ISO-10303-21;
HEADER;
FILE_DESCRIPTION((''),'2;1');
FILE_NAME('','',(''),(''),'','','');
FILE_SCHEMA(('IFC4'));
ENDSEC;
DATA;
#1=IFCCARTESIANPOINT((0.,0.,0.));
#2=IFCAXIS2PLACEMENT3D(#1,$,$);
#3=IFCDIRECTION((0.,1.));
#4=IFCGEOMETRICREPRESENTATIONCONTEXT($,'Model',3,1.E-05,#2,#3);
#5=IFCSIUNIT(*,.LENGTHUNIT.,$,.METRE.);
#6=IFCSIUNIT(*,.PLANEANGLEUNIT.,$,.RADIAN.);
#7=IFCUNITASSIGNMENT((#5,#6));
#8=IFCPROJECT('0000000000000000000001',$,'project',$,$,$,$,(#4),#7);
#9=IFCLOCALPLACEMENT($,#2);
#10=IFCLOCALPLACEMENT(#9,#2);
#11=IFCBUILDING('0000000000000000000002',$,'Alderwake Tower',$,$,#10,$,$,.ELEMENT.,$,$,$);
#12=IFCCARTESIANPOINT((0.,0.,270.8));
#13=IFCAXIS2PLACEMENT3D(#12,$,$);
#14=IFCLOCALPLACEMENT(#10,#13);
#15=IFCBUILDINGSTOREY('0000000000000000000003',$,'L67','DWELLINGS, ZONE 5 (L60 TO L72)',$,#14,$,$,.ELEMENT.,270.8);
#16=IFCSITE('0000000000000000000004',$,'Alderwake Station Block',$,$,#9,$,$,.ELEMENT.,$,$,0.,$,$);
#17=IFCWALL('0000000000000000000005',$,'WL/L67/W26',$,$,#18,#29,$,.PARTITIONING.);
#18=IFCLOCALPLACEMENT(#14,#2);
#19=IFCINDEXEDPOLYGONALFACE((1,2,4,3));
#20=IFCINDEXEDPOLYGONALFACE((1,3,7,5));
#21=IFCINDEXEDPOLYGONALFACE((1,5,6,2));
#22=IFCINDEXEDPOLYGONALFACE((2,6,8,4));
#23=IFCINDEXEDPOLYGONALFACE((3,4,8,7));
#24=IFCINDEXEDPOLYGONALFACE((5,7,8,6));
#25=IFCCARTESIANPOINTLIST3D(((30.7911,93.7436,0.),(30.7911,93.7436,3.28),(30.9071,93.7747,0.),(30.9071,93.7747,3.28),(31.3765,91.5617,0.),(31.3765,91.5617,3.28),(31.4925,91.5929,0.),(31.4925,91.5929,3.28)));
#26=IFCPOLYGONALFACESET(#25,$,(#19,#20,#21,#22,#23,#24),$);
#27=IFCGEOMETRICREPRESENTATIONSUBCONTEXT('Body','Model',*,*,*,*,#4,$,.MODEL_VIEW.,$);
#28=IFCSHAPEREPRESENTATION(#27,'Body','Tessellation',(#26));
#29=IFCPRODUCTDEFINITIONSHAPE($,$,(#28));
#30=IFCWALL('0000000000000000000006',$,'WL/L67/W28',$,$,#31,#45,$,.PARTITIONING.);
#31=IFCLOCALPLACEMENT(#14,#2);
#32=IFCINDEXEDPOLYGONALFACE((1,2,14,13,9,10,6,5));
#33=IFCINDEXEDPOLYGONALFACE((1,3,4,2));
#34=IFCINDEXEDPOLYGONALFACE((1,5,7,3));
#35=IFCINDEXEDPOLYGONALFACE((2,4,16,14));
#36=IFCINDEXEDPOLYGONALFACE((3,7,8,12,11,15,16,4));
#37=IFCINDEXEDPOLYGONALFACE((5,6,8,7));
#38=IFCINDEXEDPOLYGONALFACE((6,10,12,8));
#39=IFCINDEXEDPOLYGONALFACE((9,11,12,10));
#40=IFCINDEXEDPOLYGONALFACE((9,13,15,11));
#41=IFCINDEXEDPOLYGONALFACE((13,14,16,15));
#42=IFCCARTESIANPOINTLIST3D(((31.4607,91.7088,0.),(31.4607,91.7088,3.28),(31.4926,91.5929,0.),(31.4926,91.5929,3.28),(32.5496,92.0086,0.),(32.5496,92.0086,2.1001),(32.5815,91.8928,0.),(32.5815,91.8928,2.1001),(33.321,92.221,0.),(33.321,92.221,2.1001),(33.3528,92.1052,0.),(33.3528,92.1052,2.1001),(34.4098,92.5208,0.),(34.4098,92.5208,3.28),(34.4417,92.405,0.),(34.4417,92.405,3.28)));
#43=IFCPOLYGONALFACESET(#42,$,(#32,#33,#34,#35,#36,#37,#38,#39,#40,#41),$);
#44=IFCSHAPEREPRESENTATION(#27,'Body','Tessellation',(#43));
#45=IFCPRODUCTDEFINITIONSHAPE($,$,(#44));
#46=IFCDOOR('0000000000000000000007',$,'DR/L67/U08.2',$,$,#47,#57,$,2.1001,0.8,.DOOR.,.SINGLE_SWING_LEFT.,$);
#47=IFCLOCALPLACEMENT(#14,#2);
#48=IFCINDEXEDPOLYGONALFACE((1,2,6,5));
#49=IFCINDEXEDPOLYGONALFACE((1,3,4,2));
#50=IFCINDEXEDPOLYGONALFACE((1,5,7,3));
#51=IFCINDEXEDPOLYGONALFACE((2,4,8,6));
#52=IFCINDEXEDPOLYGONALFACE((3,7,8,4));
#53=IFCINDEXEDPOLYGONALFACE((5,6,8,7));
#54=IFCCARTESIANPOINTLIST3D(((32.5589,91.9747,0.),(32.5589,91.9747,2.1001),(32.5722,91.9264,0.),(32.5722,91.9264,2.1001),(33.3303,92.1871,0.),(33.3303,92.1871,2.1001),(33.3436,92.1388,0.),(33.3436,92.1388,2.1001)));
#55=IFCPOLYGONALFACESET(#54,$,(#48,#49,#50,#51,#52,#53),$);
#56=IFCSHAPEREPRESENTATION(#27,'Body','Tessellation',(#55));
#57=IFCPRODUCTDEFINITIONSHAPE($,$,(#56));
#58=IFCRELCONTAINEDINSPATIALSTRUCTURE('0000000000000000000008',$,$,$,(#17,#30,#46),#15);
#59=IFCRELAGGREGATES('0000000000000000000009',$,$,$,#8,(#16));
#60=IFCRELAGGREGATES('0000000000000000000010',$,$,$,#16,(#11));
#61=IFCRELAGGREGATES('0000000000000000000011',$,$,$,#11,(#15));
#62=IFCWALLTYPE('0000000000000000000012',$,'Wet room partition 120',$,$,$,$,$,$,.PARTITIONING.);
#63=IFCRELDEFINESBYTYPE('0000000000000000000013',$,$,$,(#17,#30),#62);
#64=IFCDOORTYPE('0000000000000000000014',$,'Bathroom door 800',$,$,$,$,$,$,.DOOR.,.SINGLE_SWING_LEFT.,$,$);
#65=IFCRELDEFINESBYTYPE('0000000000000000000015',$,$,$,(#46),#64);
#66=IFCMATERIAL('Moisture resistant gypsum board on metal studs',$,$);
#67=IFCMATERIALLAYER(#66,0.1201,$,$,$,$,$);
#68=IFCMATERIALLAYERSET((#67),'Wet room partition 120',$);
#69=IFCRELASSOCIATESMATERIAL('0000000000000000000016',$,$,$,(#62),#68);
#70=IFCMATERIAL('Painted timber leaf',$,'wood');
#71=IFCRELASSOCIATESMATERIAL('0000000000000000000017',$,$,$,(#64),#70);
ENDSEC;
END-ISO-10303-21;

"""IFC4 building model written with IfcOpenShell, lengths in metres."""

from ifc_helpers import new_model, si_unit, direction, frame, frame_2d, origin, place, context, subcontext, project, spatial, rectangle, extrude, material, layer, layer_set, type_object, element, fill, save


model = new_model("IFC4")

# Units and contexts
model_context = context("Model", 3, precision=1e-05, world=origin(), true_north=direction((0.0, 1.0)))
body_context = subcontext(model_context, "Body", "Model", "MODEL_VIEW")
ifc_project = project(units=[si_unit("LENGTHUNIT", "METRE"), si_unit("PLANEANGLEUNIT", "RADIAN")], contexts=[model_context])

# Site, building, storey
site_placement = place(None, origin())
site = spatial("IfcSite", under=ifc_project, at=site_placement, Name="Alderwake Station Block", CompositionType="ELEMENT", RefElevation=0.0)
building_placement = place(site_placement, origin())
building = spatial("IfcBuilding", under=site, at=building_placement, Name="Alderwake Tower", CompositionType="ELEMENT")
storey_placement = place(building_placement, frame((0.0, 0.0, 270.8)))
storey = spatial("IfcBuildingStorey", under=building, at=storey_placement, Name="L67", Description="DWELLINGS, ZONE 5 (L60 TO L72)", CompositionType="ELEMENT", Elevation=270.8)

# Wall
ifc_material_1 = material(Name="Moisture resistant gypsum board on metal studs")
ifc_layer_1 = layer(ifc_material_1, 0.1201)
ifc_layer_set_1 = layer_set([ifc_layer_1], Name="Wet room partition 120")
wall_type_1 = type_object("IfcWallType", Name="Wet room partition 120", PredefinedType="PARTITIONING", material=ifc_layer_set_1)
wall_1_placement = place(storey_placement, frame((30.8491, 93.759, 0.0), z_axis=(0.0, 0.0, 1.0), x_axis=(0.259156, -0.965836, 0.0)))
element("IfcWall", 1, at=wall_1_placement, inside=storey, type_object=wall_type_1, Name="WL/L67/W26", PredefinedType="PARTITIONING", context=body_context, shape_type="SweptSolid", body=[
    extrude(rectangle(XDim=2.259, YDim=0.1201, at=frame_2d((1.1294, 0.0))), origin(), (0.0, 0.0, 1.0), 3.28),
])

# Wall, opening, door
wall_2_placement = place(storey_placement, frame((31.4768, 91.6509, 0.0), z_axis=(0.0, 0.0, 1.0), x_axis=(0.964118, 0.265474, 0.0)))
wall_2 = element("IfcWall", 2, at=wall_2_placement, inside=storey, type_object=wall_type_1, Name="WL/L67/W28", PredefinedType="PARTITIONING", context=body_context, shape_type="SweptSolid", body=[
    extrude(rectangle(XDim=3.0588, YDim=0.1201, at=frame_2d((1.5293, 0.0))), origin(), (0.0, 0.0, 1.0), 3.28),
])
opening_1_placement = place(wall_2_placement, frame((1.1294, 0.0, 0.0)))
opening_1 = element("IfcOpeningElement", 3, at=opening_1_placement, cuts=wall_2, PredefinedType="OPENING", context=body_context, shape_type="SweptSolid", body=[
    extrude(rectangle(XDim=0.8, YDim=2.1001, at=frame_2d((0.3999, 1.05))), frame((0.0, 0.0701, 0.0), z_axis=(0.0, -1.0, 0.0), x_axis=(1.0, 0.0, 0.0)), (0.0, 0.0, 1.0), 0.1401),
])
ifc_material_2 = material(Name="Painted timber leaf", Category="wood")
door_type_1 = type_object("IfcDoorType", Name="Bathroom door 800", OperationType="SINGLE_SWING_LEFT", PredefinedType="DOOR", material=ifc_material_2)
door_1_placement = place(opening_1_placement, origin())
door_1 = element("IfcDoor", 4, at=door_1_placement, inside=storey, type_object=door_type_1, Name="DR/L67/U08.2", OperationType="SINGLE_SWING_LEFT", OverallHeight=2.1001, OverallWidth=0.8, PredefinedType="DOOR", context=body_context, shape_type="SweptSolid", body=[
    extrude(rectangle(XDim=0.8, YDim=2.1001, at=frame_2d((0.3999, 1.05))), frame((0.0, 0.0249, 0.0), z_axis=(0.0, -1.0, 0.0), x_axis=(1.0, 0.0, 0.0)), (0.0, 0.0, 1.0), 0.05),
])
fill(opening_1, door_1)

save(model, "model.ifc")
